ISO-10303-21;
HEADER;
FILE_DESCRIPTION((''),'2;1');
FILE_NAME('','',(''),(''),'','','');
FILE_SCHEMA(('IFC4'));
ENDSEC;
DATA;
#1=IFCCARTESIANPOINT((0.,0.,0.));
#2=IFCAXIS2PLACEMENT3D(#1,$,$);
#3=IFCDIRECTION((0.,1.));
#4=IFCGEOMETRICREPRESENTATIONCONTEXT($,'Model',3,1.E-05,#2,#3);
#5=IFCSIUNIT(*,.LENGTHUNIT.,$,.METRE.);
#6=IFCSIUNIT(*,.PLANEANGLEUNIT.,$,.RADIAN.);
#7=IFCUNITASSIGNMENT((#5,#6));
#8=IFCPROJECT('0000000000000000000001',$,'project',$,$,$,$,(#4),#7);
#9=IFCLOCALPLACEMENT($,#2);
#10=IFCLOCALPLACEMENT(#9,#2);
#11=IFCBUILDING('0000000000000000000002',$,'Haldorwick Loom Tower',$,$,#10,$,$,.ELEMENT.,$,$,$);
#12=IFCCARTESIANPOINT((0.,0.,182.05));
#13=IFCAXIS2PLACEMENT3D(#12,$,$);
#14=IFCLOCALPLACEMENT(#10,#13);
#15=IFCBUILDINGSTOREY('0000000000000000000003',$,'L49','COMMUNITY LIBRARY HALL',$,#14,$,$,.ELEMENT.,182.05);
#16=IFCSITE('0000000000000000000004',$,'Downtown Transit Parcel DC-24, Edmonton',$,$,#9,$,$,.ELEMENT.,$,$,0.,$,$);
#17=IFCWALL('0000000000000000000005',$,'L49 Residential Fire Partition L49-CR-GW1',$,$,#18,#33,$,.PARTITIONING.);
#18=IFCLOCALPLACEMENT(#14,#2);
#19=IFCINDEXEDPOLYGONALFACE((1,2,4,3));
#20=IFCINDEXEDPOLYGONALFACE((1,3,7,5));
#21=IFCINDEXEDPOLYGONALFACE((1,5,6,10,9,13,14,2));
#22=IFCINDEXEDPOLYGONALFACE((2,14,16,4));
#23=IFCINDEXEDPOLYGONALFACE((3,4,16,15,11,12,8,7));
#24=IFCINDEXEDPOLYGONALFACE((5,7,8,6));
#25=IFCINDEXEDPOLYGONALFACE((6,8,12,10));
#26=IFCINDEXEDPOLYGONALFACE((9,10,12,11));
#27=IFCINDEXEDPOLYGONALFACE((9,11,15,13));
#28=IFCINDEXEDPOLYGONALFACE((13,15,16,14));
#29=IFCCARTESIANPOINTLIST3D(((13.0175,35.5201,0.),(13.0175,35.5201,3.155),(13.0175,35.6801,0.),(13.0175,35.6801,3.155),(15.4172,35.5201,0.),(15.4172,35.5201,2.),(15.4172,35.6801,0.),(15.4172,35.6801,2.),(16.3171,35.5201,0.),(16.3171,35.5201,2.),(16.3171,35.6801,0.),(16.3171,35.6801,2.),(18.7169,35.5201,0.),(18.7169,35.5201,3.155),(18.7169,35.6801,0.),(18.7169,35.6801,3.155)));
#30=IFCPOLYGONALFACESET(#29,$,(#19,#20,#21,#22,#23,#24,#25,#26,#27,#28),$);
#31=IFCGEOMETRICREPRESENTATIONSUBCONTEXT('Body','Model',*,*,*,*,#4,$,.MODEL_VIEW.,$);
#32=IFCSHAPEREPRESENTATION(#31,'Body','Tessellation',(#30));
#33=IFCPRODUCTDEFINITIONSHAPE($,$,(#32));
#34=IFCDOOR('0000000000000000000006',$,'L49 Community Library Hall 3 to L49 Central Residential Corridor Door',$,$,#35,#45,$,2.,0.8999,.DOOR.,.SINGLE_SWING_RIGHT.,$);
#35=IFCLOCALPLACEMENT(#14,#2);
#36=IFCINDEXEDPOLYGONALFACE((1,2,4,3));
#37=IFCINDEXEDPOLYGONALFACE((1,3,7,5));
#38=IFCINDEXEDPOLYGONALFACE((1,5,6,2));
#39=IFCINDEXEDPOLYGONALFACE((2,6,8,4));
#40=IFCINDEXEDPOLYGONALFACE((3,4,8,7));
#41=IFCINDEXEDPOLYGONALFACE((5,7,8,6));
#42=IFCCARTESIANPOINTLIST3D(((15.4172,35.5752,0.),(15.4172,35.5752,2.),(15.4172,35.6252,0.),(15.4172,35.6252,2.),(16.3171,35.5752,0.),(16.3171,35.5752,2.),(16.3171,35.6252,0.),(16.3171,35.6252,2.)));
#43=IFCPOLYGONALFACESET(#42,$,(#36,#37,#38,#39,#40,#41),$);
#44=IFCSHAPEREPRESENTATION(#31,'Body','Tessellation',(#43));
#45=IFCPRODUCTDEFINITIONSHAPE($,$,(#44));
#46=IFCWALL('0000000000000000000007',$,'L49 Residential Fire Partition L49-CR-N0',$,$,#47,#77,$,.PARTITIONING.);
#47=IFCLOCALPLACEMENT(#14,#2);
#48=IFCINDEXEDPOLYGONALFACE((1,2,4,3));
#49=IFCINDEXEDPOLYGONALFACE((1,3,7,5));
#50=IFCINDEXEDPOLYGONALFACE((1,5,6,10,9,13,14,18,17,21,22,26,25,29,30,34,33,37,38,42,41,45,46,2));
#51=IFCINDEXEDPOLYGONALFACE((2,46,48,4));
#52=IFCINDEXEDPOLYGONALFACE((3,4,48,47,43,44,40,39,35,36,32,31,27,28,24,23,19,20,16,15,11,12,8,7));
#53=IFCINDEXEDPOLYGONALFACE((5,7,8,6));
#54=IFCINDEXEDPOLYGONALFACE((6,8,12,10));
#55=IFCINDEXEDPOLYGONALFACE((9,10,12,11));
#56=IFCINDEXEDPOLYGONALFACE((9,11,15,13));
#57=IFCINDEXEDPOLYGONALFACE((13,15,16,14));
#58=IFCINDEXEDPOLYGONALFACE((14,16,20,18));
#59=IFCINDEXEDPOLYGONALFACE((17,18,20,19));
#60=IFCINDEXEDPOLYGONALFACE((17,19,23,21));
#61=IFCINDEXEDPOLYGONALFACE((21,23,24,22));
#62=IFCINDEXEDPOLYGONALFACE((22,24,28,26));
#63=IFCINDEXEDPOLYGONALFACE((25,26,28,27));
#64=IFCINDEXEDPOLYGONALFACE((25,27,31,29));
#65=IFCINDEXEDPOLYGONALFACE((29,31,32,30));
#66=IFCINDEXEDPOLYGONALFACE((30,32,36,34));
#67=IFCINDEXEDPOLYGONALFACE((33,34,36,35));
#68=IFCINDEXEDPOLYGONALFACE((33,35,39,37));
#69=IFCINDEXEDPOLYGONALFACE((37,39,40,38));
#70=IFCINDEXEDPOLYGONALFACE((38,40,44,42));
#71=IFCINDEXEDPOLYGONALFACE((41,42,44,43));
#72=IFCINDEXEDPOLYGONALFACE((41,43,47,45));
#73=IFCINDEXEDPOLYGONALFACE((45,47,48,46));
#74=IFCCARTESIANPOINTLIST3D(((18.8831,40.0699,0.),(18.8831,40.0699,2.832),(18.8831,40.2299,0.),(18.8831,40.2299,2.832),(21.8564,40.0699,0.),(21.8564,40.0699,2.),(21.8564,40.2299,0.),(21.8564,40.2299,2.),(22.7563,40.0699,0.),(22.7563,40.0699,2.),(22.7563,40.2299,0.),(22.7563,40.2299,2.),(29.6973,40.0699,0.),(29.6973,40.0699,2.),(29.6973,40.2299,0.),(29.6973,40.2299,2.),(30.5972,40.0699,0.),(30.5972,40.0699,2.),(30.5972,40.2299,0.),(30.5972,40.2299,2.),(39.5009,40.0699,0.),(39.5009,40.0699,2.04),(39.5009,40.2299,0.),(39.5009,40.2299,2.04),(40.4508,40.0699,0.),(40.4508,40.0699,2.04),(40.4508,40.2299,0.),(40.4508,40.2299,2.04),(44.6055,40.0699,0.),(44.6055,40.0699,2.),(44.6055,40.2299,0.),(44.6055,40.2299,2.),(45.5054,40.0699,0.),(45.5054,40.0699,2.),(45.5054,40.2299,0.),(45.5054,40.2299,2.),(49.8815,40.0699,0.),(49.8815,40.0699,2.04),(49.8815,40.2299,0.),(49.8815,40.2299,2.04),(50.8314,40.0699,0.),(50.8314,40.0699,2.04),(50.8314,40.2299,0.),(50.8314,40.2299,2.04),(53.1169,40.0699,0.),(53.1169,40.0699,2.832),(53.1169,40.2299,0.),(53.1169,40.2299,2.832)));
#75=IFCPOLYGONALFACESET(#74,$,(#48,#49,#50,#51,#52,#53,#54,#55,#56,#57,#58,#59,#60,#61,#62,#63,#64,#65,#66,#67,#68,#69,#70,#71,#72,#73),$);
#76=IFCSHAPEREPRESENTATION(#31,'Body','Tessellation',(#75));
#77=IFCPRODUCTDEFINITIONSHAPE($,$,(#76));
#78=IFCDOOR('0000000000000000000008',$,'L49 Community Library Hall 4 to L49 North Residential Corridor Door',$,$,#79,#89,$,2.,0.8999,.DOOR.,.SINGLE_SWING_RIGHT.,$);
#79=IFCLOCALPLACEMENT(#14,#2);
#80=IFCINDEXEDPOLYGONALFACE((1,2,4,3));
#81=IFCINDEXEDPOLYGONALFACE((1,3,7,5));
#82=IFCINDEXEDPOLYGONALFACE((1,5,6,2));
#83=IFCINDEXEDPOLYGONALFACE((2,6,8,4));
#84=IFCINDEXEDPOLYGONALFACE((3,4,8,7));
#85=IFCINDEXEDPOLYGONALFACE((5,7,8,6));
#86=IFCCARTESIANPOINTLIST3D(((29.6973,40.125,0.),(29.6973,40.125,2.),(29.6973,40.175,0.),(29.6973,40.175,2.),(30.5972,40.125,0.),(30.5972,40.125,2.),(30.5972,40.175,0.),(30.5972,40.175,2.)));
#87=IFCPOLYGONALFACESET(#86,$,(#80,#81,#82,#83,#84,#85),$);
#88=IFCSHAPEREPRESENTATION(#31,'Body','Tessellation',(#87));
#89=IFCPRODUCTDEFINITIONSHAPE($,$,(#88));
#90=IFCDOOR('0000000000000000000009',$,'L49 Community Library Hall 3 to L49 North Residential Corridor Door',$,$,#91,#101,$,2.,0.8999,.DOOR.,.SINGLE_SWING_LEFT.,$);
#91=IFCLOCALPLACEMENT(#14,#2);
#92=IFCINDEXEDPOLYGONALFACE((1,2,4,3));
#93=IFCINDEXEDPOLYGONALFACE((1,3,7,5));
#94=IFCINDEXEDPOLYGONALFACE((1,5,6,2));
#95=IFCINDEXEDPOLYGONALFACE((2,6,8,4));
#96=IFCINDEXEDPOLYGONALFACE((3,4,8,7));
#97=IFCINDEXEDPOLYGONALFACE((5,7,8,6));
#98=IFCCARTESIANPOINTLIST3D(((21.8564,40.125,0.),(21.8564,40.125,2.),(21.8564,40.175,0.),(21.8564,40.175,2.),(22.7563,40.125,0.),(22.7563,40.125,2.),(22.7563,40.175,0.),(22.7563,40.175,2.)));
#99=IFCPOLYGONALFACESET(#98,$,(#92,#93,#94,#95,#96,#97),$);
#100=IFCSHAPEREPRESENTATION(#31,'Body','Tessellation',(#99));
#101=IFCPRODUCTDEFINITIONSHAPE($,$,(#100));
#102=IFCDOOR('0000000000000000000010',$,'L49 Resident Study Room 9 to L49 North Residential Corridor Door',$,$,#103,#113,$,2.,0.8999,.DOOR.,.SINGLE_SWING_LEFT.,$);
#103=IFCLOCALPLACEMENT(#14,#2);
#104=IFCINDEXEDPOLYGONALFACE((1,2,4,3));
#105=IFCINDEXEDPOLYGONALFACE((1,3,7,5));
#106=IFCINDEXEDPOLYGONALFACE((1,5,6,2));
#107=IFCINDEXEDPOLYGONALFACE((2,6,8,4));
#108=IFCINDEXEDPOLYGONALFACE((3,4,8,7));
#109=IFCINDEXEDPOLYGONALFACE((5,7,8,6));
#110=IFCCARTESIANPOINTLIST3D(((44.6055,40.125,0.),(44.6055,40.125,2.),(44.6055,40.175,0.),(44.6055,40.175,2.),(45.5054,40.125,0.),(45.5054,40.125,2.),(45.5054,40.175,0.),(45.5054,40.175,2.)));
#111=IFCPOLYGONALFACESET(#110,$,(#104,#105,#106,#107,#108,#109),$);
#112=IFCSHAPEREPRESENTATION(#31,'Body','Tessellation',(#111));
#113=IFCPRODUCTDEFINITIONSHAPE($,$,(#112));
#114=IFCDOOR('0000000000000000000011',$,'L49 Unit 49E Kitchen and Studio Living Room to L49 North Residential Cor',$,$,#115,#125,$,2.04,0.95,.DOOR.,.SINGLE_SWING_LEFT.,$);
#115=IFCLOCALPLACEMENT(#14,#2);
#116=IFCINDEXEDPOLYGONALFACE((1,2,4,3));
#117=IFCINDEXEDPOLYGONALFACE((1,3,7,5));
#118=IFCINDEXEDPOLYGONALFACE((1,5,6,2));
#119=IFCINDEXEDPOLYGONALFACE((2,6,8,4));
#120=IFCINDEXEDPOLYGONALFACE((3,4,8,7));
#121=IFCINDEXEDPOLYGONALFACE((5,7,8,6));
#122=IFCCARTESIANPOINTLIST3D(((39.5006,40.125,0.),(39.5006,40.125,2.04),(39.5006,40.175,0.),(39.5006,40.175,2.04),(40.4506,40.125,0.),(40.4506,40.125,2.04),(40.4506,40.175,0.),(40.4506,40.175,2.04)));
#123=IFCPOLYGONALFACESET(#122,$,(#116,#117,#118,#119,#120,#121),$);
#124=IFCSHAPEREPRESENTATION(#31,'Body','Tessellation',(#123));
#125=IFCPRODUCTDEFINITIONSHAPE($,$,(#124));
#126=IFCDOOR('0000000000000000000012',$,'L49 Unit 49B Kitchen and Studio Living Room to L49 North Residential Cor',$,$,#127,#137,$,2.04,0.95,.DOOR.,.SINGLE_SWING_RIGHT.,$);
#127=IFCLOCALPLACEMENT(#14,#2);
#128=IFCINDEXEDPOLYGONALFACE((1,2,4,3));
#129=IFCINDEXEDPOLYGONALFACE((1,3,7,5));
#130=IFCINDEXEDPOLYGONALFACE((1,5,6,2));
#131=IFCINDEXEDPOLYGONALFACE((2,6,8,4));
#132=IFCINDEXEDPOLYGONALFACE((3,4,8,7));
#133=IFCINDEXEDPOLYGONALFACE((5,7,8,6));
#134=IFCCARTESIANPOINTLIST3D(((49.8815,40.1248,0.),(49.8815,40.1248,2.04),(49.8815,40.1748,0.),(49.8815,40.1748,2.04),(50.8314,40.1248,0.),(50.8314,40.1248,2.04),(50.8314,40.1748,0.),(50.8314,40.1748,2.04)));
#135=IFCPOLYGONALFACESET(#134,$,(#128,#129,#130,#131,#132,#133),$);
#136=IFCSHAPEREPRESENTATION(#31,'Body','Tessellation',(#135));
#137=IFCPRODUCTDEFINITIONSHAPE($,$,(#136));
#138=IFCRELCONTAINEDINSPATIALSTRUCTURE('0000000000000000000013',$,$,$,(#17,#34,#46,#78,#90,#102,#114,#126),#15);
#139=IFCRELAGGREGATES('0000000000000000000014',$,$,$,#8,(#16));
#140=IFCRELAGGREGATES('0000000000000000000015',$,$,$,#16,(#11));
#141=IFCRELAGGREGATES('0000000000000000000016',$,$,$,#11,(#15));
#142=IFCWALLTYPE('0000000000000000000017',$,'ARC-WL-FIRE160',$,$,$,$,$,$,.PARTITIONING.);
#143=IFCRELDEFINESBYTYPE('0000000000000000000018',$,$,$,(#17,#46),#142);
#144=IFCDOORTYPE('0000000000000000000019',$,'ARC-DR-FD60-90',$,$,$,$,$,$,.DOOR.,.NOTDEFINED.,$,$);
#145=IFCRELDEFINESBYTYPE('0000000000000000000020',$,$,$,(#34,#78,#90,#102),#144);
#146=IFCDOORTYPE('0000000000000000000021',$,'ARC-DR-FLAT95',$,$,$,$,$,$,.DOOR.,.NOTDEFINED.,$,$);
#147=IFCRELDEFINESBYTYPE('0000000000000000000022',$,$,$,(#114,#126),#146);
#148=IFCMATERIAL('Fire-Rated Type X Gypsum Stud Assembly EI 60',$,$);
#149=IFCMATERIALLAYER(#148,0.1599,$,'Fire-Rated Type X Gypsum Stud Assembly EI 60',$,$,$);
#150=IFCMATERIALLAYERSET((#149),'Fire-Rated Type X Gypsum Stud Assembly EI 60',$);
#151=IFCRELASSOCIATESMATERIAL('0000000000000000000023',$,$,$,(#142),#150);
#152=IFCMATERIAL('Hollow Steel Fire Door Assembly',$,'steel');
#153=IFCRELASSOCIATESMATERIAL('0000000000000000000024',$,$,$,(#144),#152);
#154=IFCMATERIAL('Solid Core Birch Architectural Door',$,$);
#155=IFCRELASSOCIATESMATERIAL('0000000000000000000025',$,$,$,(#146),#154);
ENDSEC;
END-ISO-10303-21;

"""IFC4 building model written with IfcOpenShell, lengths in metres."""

from ifc_helpers import new_model, si_unit, direction, frame, frame_2d, origin, place, context, subcontext, project, spatial, rectangle, extrude, material, layer, layer_set, type_object, element, fill, save


model = new_model("IFC4")

# Units and contexts
model_context = context("Model", 3, precision=1e-05, world=origin(), true_north=direction((0.0, 1.0)))
body_context = subcontext(model_context, "Body", "Model", "MODEL_VIEW")
ifc_project = project(units=[si_unit("LENGTHUNIT", "METRE"), si_unit("PLANEANGLEUNIT", "RADIAN")], contexts=[model_context])

# Site, building, storey
site_placement = place(None, origin())
site = spatial("IfcSite", under=ifc_project, at=site_placement, Name="Downtown Transit Parcel DC-24, Edmonton", CompositionType="ELEMENT", RefElevation=0.0)
building_placement = place(site_placement, origin())
building = spatial("IfcBuilding", under=site, at=building_placement, Name="Haldorwick Loom Tower", CompositionType="ELEMENT")
storey_placement = place(building_placement, frame((0.0, 0.0, 182.05)))
storey = spatial("IfcBuildingStorey", under=building, at=storey_placement, Name="L49", Description="COMMUNITY LIBRARY HALL", CompositionType="ELEMENT", Elevation=182.05)

# Shared definitions
ifc_material_1 = material(Name="Fire-Rated Type X Gypsum Stud Assembly EI 60")
ifc_layer_1 = layer(ifc_material_1, 0.1599, Name="Fire-Rated Type X Gypsum Stud Assembly EI 60")
ifc_layer_set_1 = layer_set([ifc_layer_1], Name="Fire-Rated Type X Gypsum Stud Assembly EI 60")
wall_type_1 = type_object("IfcWallType", Name="ARC-WL-FIRE160", PredefinedType="PARTITIONING", material=ifc_layer_set_1)

# Wall, opening, door
wall_1_placement = place(storey_placement, frame((13.0176, 35.6001, 0.0), z_axis=(0.0, 0.0, 1.0), x_axis=(1.0, 0.0, 0.0)))
wall_1 = element("IfcWall", 1, at=wall_1_placement, inside=storey, type_object=wall_type_1, Name="L49 Residential Fire Partition L49-CR-GW1", PredefinedType="PARTITIONING", context=body_context, shape_type="SweptSolid", body=[
    extrude(rectangle(XDim=5.6995, YDim=0.1599, at=frame_2d((2.8496, 0.0))), origin(), (0.0, 0.0, 1.0), 3.155),
])
opening_1_placement = place(wall_1_placement, frame((2.3997, 0.0, 0.0)))
opening_1 = element("IfcOpeningElement", 2, at=opening_1_placement, cuts=wall_1, PredefinedType="OPENING", context=body_context, shape_type="SweptSolid", body=[
    extrude(rectangle(XDim=0.8999, YDim=2.0, at=frame_2d((0.45, 1.0))), frame((0.0, 0.0898, 0.0), z_axis=(0.0, -1.0, 0.0), x_axis=(1.0, 0.0, 0.0)), (0.0, 0.0, 1.0), 0.1799),
])
ifc_material_2 = material(Name="Hollow Steel Fire Door Assembly", Category="steel")
door_type_1 = type_object("IfcDoorType", Name="ARC-DR-FD60-90", OperationType="NOTDEFINED", PredefinedType="DOOR", material=ifc_material_2)
door_1_placement = place(opening_1_placement, frame((0.8999, 0.0, 0.0), z_axis=(0.0, 0.0, 1.0), x_axis=(-1.0, 0.0, 0.0)))
door_1 = element("IfcDoor", 3, at=door_1_placement, inside=storey, type_object=door_type_1, Name="L49 Community Library Hall 3 to L49 Central Residential Corridor Door", OperationType="SINGLE_SWING_RIGHT", OverallHeight=2.0, OverallWidth=0.8999, PredefinedType="DOOR", context=body_context, shape_type="SweptSolid", body=[
    extrude(rectangle(XDim=0.8999, YDim=2.0, at=frame_2d((0.45, 1.0))), frame((0.0, 0.0249, 0.0), z_axis=(0.0, -1.0, 0.0), x_axis=(1.0, 0.0, 0.0)), (0.0, 0.0, 1.0), 0.05),
])
fill(opening_1, door_1)

# Wall, openings, doors
wall_2_placement = place(storey_placement, frame((18.8831, 40.1499, 0.0), z_axis=(0.0, 0.0, 1.0), x_axis=(1.0, 0.0, 0.0)))
wall_2 = element("IfcWall", 4, at=wall_2_placement, inside=storey, type_object=wall_type_1, Name="L49 Residential Fire Partition L49-CR-N0", PredefinedType="PARTITIONING", context=body_context, shape_type="SweptSolid", body=[
    extrude(rectangle(XDim=34.2339, YDim=0.1599, at=frame_2d((17.1169, 0.0))), origin(), (0.0, 0.0, 1.0), 2.832),
])
opening_2_placement = place(wall_2_placement, frame((10.8142, 0.0, 0.0)))
opening_2 = element("IfcOpeningElement", 5, at=opening_2_placement, cuts=wall_2, PredefinedType="OPENING", context=body_context, shape_type="SweptSolid", body=[
    extrude(rectangle(XDim=0.8999, YDim=2.0, at=frame_2d((0.45, 1.0))), frame((0.0, 0.0898, 0.0), z_axis=(0.0, -1.0, 0.0), x_axis=(1.0, 0.0, 0.0)), (0.0, 0.0, 1.0), 0.1799),
])
opening_3_placement = place(wall_2_placement, frame((2.9734, 0.0, 0.0)))
opening_3 = element("IfcOpeningElement", 6, at=opening_3_placement, cuts=wall_2, PredefinedType="OPENING", context=body_context, shape_type="SweptSolid", body=[
    extrude(rectangle(XDim=0.8999, YDim=2.0, at=frame_2d((0.45, 1.0))), frame((0.0, 0.0898, 0.0), z_axis=(0.0, -1.0, 0.0), x_axis=(1.0, 0.0, 0.0)), (0.0, 0.0, 1.0), 0.1799),
])
opening_4_placement = place(wall_2_placement, frame((20.6177, 0.0, 0.0)))
opening_4 = element("IfcOpeningElement", 7, at=opening_4_placement, cuts=wall_2, PredefinedType="OPENING", context=body_context, shape_type="SweptSolid", body=[
    extrude(rectangle(XDim=0.95, YDim=2.04, at=frame_2d((0.4751, 1.02))), frame((0.0, 0.0898, 0.0), z_axis=(0.0, -1.0, 0.0), x_axis=(1.0, 0.0, 0.0)), (0.0, 0.0, 1.0), 0.1799),
])
opening_5_placement = place(wall_2_placement, frame((30.9983, 0.0, 0.0)))
opening_5 = element("IfcOpeningElement", 8, at=opening_5_placement, cuts=wall_2, PredefinedType="OPENING", context=body_context, shape_type="SweptSolid", body=[
    extrude(rectangle(XDim=0.95, YDim=2.04, at=frame_2d((0.4751, 1.02))), frame((0.0, 0.0898, 0.0), z_axis=(0.0, -1.0, 0.0), x_axis=(1.0, 0.0, 0.0)), (0.0, 0.0, 1.0), 0.1799),
])
opening_6_placement = place(wall_2_placement, frame((25.7224, 0.0, 0.0)))
opening_6 = element("IfcOpeningElement", 9, at=opening_6_placement, cuts=wall_2, PredefinedType="OPENING", context=body_context, shape_type="SweptSolid", body=[
    extrude(rectangle(XDim=0.8999, YDim=2.0, at=frame_2d((0.45, 1.0))), frame((0.0, 0.0898, 0.0), z_axis=(0.0, -1.0, 0.0), x_axis=(1.0, 0.0, 0.0)), (0.0, 0.0, 1.0), 0.1799),
])
door_2_placement = place(opening_2_placement, frame((0.8999, 0.0, 0.0), z_axis=(0.0, 0.0, 1.0), x_axis=(-1.0, 0.0, 0.0)))
door_2 = element("IfcDoor", 10, at=door_2_placement, inside=storey, type_object=door_type_1, Name="L49 Community Library Hall 4 to L49 North Residential Corridor Door", OperationType="SINGLE_SWING_RIGHT", OverallHeight=2.0, OverallWidth=0.8999, PredefinedType="DOOR", context=body_context, shape_type="SweptSolid", body=[
    extrude(rectangle(XDim=0.8999, YDim=2.0, at=frame_2d((0.45, 1.0))), frame((0.0, 0.0249, 0.0), z_axis=(0.0, -1.0, 0.0), x_axis=(1.0, 0.0, 0.0)), (0.0, 0.0, 1.0), 0.05),
])
fill(opening_2, door_2)
door_3_placement = place(opening_3_placement, frame((0.8999, 0.0, 0.0), z_axis=(0.0, 0.0, 1.0), x_axis=(-1.0, 0.0, 0.0)))
door_3 = element("IfcDoor", 11, at=door_3_placement, inside=storey, type_object=door_type_1, Name="L49 Community Library Hall 3 to L49 North Residential Corridor Door", OperationType="SINGLE_SWING_LEFT", OverallHeight=2.0, OverallWidth=0.8999, PredefinedType="DOOR", context=body_context, shape_type="SweptSolid", body=[
    extrude(rectangle(XDim=0.8999, YDim=2.0, at=frame_2d((0.45, 1.0))), frame((0.0, 0.0249, 0.0), z_axis=(0.0, -1.0, 0.0), x_axis=(1.0, 0.0, 0.0)), (0.0, 0.0, 1.0), 0.05),
])
fill(opening_3, door_3)
door_4_placement = place(opening_6_placement, frame((0.8999, 0.0, 0.0), z_axis=(0.0, 0.0, 1.0), x_axis=(-1.0, 0.0, 0.0)))
door_4 = element("IfcDoor", 12, at=door_4_placement, inside=storey, type_object=door_type_1, Name="L49 Resident Study Room 9 to L49 North Residential Corridor Door", OperationType="SINGLE_SWING_LEFT", OverallHeight=2.0, OverallWidth=0.8999, PredefinedType="DOOR", context=body_context, shape_type="SweptSolid", body=[
    extrude(rectangle(XDim=0.8999, YDim=2.0, at=frame_2d((0.45, 1.0))), frame((0.0, 0.0249, 0.0), z_axis=(0.0, -1.0, 0.0), x_axis=(1.0, 0.0, 0.0)), (0.0, 0.0, 1.0), 0.05),
])
fill(opening_6, door_4)
ifc_material_3 = material(Name="Solid Core Birch Architectural Door")
door_type_2 = type_object("IfcDoorType", Name="ARC-DR-FLAT95", OperationType="NOTDEFINED", PredefinedType="DOOR", material=ifc_material_3)
door_5_placement = place(opening_4_placement, frame((0.95, 0.0, 0.0), z_axis=(0.0, 0.0, 1.0), x_axis=(-1.0, 0.0, 0.0)))
door_5 = element("IfcDoor", 13, at=door_5_placement, inside=storey, type_object=door_type_2, Name="L49 Unit 49E Kitchen and Studio Living Room to L49 North Residential Cor", OperationType="SINGLE_SWING_LEFT", OverallHeight=2.04, OverallWidth=0.95, PredefinedType="DOOR", context=body_context, shape_type="SweptSolid", body=[
    extrude(rectangle(XDim=0.95, YDim=2.04, at=frame_2d((0.4751, 1.02))), frame((0.0, 0.0249, 0.0), z_axis=(0.0, -1.0, 0.0), x_axis=(1.0, 0.0, 0.0)), (0.0, 0.0, 1.0), 0.05),
])
fill(opening_4, door_5)
door_6_placement = place(opening_5_placement, origin())
door_6 = element("IfcDoor", 14, at=door_6_placement, inside=storey, type_object=door_type_2, Name="L49 Unit 49B Kitchen and Studio Living Room to L49 North Residential Cor", OperationType="SINGLE_SWING_RIGHT", OverallHeight=2.04, OverallWidth=0.95, PredefinedType="DOOR", context=body_context, shape_type="SweptSolid", body=[
    extrude(rectangle(XDim=0.95, YDim=2.04, at=frame_2d((0.4751, 1.02))), frame((0.0, 0.0249, 0.0), z_axis=(0.0, -1.0, 0.0), x_axis=(1.0, 0.0, 0.0)), (0.0, 0.0, 1.0), 0.05),
])
fill(opening_5, door_6)

save(model, "model.ifc")
